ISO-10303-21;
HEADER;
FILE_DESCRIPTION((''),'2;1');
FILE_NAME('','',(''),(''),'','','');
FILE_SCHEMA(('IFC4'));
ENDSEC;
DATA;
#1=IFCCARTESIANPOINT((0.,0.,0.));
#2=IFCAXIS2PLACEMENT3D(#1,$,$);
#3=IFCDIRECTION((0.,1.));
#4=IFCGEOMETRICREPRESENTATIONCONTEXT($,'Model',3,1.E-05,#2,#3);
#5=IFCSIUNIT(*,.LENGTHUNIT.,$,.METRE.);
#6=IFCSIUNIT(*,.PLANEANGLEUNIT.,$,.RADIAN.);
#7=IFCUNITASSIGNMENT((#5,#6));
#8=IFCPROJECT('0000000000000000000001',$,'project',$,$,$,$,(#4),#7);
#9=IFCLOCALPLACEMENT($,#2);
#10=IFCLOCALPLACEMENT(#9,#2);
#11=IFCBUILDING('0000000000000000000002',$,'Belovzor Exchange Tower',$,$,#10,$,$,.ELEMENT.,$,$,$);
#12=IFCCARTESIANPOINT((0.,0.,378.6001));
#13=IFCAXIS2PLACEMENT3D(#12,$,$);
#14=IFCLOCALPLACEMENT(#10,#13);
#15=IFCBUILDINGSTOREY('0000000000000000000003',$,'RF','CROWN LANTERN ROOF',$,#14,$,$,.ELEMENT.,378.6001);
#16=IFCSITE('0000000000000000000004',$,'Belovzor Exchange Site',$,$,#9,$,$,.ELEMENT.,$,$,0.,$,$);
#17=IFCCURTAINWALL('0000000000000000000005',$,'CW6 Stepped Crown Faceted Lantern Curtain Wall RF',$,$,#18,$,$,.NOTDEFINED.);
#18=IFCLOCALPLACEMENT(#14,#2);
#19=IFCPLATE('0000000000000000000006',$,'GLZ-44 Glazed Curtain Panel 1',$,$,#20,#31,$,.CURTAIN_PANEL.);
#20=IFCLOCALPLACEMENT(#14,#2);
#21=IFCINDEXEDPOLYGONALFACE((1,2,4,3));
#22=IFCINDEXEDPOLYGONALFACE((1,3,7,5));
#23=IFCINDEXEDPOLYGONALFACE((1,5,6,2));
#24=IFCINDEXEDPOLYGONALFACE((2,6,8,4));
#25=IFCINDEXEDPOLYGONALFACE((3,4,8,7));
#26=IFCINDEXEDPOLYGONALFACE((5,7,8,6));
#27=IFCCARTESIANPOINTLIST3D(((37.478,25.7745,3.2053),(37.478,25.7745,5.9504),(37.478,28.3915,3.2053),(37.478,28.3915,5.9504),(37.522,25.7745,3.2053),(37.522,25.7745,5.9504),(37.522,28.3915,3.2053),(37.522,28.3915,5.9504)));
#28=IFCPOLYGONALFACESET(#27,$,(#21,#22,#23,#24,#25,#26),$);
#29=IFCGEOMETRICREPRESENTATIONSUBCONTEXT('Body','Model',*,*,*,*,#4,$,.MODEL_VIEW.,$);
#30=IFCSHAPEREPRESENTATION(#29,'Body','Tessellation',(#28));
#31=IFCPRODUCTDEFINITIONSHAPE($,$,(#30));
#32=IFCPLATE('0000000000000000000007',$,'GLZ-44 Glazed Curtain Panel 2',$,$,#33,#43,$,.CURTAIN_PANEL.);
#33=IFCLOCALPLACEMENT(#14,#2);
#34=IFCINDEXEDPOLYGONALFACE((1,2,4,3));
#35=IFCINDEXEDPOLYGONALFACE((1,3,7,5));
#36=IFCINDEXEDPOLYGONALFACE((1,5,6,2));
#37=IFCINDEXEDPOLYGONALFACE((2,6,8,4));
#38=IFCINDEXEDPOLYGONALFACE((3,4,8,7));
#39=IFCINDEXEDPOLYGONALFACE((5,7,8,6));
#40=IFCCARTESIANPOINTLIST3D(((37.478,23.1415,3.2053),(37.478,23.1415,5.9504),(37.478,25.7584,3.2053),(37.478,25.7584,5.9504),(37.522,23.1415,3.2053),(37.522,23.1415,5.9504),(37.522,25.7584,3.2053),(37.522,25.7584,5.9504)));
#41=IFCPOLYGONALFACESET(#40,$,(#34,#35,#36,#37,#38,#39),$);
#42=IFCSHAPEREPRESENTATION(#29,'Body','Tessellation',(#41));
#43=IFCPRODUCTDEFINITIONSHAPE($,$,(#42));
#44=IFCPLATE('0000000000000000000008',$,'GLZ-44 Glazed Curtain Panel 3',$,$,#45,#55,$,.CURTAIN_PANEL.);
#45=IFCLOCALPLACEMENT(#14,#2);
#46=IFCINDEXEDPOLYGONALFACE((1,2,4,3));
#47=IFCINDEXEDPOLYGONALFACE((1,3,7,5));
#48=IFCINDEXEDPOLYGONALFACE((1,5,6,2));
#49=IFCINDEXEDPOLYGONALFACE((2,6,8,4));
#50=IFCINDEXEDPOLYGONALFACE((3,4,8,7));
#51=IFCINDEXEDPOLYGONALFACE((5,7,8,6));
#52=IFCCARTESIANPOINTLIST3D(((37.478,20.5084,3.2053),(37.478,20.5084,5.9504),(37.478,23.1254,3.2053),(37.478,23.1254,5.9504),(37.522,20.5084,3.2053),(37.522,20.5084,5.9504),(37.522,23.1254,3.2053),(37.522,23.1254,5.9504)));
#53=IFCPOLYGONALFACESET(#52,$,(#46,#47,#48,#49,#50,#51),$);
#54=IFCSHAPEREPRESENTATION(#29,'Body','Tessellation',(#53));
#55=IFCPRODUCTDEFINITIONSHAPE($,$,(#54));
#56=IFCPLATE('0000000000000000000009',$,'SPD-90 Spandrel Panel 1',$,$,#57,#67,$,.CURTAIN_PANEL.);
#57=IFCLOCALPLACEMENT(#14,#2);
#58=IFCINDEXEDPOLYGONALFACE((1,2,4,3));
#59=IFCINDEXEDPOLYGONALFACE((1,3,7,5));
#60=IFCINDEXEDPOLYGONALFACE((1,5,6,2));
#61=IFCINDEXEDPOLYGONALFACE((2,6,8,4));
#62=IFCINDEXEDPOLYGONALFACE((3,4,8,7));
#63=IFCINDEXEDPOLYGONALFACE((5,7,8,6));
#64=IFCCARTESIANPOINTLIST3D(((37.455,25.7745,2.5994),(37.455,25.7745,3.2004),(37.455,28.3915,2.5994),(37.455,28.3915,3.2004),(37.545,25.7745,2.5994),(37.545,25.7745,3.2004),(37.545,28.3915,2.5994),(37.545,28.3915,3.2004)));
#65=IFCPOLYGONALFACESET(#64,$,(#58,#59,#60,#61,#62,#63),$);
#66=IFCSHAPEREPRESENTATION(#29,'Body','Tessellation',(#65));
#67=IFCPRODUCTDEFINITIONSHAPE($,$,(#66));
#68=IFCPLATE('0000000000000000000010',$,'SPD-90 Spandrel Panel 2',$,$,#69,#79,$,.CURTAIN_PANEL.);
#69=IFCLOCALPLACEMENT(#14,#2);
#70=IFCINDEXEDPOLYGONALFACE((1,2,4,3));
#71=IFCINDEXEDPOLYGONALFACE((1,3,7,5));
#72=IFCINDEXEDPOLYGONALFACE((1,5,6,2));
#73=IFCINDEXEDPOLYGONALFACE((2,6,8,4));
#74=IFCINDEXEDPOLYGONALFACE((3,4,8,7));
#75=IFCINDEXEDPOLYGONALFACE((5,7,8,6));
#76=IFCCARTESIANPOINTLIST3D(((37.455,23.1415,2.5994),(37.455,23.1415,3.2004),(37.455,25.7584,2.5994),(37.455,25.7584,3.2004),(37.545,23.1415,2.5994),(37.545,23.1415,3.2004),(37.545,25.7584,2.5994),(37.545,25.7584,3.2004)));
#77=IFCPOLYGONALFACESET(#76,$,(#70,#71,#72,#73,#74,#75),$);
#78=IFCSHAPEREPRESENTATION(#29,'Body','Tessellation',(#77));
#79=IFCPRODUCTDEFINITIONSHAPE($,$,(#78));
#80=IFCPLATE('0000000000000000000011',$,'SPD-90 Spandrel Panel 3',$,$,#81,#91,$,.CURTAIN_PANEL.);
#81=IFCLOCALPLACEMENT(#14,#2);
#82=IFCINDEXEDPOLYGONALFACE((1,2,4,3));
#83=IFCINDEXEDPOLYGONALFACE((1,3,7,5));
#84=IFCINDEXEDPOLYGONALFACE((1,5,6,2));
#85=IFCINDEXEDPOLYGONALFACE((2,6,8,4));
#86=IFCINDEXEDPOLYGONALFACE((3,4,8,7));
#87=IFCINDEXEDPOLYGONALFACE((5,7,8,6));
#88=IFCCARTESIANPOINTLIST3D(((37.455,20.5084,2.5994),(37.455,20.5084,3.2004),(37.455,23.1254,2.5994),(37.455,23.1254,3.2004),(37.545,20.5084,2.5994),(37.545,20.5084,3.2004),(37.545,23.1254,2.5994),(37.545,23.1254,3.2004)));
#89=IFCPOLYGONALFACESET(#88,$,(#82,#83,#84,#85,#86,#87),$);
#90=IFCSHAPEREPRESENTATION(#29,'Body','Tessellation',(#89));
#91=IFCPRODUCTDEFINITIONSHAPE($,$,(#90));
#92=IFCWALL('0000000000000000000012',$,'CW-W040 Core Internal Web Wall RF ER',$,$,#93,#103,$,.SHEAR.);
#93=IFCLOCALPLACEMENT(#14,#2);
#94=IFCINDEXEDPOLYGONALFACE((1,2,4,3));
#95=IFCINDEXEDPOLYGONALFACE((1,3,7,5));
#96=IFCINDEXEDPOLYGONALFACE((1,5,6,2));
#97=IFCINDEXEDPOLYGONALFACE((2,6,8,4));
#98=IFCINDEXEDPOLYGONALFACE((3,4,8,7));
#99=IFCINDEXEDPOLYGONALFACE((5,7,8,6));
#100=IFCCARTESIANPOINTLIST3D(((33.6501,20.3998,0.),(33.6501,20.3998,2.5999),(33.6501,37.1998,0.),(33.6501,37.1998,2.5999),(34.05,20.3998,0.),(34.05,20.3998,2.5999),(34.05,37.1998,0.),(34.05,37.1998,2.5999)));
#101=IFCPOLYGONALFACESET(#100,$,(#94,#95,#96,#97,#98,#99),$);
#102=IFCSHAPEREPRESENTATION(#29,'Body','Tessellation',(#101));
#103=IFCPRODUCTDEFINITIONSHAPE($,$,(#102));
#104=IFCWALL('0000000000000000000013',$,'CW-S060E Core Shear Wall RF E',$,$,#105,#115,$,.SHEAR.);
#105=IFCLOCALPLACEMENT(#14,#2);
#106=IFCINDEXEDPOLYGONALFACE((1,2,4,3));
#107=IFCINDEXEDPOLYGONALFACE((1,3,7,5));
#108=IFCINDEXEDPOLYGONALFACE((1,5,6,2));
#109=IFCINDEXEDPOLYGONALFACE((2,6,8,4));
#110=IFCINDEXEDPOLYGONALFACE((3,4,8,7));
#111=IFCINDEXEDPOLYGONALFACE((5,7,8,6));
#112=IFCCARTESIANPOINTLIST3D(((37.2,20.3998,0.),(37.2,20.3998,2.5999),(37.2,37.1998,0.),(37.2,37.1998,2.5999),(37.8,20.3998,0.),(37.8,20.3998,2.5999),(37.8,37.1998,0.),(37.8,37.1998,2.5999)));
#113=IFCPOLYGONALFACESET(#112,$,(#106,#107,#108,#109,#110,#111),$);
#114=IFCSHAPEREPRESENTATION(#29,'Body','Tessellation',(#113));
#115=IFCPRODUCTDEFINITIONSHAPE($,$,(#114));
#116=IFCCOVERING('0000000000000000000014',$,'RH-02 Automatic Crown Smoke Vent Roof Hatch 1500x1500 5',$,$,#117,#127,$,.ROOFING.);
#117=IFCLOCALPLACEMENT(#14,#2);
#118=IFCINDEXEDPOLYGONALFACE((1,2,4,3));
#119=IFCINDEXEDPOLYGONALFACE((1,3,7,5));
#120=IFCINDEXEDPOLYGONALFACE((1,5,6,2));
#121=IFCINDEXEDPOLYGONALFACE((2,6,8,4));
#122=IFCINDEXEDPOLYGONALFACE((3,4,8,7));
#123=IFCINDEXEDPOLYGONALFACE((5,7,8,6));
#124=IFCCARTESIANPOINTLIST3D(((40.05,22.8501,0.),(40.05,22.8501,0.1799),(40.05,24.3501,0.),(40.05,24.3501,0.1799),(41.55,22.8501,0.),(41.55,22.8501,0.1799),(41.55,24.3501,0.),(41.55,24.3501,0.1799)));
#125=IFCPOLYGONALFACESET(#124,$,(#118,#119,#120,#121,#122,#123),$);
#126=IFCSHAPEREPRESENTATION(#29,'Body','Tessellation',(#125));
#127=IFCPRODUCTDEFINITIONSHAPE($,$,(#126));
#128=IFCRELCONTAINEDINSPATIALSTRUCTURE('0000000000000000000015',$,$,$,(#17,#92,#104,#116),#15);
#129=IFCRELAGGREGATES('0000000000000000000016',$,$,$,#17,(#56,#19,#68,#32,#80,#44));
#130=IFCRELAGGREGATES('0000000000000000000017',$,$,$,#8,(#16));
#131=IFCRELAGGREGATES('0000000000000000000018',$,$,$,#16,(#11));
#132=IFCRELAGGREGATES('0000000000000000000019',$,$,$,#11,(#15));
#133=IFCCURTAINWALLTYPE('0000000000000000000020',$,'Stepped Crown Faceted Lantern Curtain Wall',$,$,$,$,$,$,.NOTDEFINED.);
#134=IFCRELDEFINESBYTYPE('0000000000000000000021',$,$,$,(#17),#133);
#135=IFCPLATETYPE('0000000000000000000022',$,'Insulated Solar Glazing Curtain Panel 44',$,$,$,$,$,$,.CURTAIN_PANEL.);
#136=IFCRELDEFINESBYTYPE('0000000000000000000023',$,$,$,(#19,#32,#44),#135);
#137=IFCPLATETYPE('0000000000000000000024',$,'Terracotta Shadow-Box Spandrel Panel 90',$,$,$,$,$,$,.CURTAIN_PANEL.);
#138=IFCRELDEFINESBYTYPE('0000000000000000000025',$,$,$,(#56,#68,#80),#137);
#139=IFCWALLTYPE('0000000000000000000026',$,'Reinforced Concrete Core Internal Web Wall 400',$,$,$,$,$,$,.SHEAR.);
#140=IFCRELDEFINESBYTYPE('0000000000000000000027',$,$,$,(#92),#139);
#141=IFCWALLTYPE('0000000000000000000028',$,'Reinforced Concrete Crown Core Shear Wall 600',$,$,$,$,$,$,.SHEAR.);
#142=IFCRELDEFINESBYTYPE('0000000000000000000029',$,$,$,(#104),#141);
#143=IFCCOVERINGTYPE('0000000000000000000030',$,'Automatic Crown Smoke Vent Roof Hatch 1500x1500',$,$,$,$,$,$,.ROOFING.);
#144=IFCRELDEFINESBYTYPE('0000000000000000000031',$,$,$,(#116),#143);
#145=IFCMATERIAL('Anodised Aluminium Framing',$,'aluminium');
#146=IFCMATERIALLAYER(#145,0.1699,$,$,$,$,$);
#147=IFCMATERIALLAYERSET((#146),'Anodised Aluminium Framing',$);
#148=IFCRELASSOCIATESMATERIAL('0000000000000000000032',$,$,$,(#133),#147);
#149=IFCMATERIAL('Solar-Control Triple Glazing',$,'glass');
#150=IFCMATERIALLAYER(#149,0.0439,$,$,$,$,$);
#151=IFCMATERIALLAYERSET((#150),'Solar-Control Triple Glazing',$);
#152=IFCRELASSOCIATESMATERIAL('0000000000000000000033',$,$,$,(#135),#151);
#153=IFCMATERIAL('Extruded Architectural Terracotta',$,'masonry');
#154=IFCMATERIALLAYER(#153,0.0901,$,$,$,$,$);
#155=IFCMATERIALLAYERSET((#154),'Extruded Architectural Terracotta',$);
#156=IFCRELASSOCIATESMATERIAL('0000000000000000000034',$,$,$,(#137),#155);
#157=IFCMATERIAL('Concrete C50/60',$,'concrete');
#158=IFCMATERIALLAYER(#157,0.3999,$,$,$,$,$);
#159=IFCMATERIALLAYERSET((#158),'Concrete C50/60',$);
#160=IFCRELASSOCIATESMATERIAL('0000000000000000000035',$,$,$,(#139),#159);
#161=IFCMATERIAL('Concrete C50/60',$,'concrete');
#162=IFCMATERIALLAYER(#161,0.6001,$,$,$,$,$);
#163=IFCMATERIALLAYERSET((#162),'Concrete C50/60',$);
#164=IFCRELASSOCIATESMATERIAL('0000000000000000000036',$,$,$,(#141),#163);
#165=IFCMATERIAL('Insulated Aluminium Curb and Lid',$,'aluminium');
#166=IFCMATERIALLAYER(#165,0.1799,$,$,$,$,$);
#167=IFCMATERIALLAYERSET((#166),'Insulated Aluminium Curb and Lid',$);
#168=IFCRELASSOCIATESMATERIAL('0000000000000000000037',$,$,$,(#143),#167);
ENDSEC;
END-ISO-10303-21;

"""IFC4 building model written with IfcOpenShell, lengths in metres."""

from ifc_helpers import new_model, si_unit, direction, frame, frame_2d, origin, origin_2d, place, context, subcontext, project, spatial, rectangle, extrude, material, layer, layer_set, type_object, element, aggregate, save


model = new_model("IFC4")

# Units and contexts
model_context = context("Model", 3, precision=1e-05, world=origin(), true_north=direction((0.0, 1.0)))
body_context = subcontext(model_context, "Body", "Model", "MODEL_VIEW")
ifc_project = project(units=[si_unit("LENGTHUNIT", "METRE"), si_unit("PLANEANGLEUNIT", "RADIAN")], contexts=[model_context])

# Site, building, storey
site_placement = place(None, origin())
site = spatial("IfcSite", under=ifc_project, at=site_placement, Name="Belovzor Exchange Site", CompositionType="ELEMENT", RefElevation=0.0)
building_placement = place(site_placement, origin())
building = spatial("IfcBuilding", under=site, at=building_placement, Name="Belovzor Exchange Tower", CompositionType="ELEMENT")
storey_placement = place(building_placement, frame((0.0, 0.0, 378.6001)))
storey = spatial("IfcBuildingStorey", under=building, at=storey_placement, Name="RF", Description="CROWN LANTERN ROOF", CompositionType="ELEMENT", Elevation=378.6001)

# Shared definitions
ifc_material_1 = material(Name="Anodised Aluminium Framing", Category="aluminium")
ifc_layer_1 = layer(ifc_material_1, 0.1699)
ifc_layer_set_1 = layer_set([ifc_layer_1], Name="Anodised Aluminium Framing")
curtain_wall_type = type_object("IfcCurtainWallType", Name="Stepped Crown Faceted Lantern Curtain Wall", PredefinedType="NOTDEFINED", material=ifc_layer_set_1)

# Curtain wall
curtain_wall_1_placement = place(storey_placement, origin())
curtain_wall_1 = element("IfcCurtainWall", 1, at=curtain_wall_1_placement, inside=storey, type_object=curtain_wall_type, Name="CW6 Stepped Crown Faceted Lantern Curtain Wall RF", PredefinedType="NOTDEFINED")

# Plates
ifc_material_2 = material(Name="Solar-Control Triple Glazing", Category="glass")
ifc_layer_2 = layer(ifc_material_2, 0.0439)
ifc_layer_set_2 = layer_set([ifc_layer_2], Name="Solar-Control Triple Glazing")
plate_type_1 = type_object("IfcPlateType", Name="Insulated Solar Glazing Curtain Panel 44", PredefinedType="CURTAIN_PANEL", material=ifc_layer_set_2)
plate_1_placement = place(storey_placement, frame((37.5, 27.083, 3.2053), z_axis=(0.0, 0.0, 1.0), x_axis=(0.0, -1.0, 0.0)))
plate_1 = element("IfcPlate", 2, at=plate_1_placement, type_object=plate_type_1, Name="GLZ-44 Glazed Curtain Panel 1", PredefinedType="CURTAIN_PANEL", context=body_context, shape_type="SweptSolid", body=[
    extrude(rectangle(XDim=2.6169, YDim=0.0439, at=origin_2d()), origin(), (0.0, 0.0, 1.0), 2.7451),
])
plate_2_placement = place(storey_placement, frame((37.5, 24.45, 3.2053), z_axis=(0.0, 0.0, 1.0), x_axis=(0.0, -1.0, 0.0)))
plate_2 = element("IfcPlate", 3, at=plate_2_placement, type_object=plate_type_1, Name="GLZ-44 Glazed Curtain Panel 2", PredefinedType="CURTAIN_PANEL", context=body_context, shape_type="SweptSolid", body=[
    extrude(rectangle(XDim=2.6169, YDim=0.0439, at=origin_2d()), origin(), (0.0, 0.0, 1.0), 2.7451),
])
plate_3_placement = place(storey_placement, frame((37.5, 21.8169, 3.2053), z_axis=(0.0, 0.0, 1.0), x_axis=(0.0, -1.0, 0.0)))
plate_3 = element("IfcPlate", 4, at=plate_3_placement, type_object=plate_type_1, Name="GLZ-44 Glazed Curtain Panel 3", PredefinedType="CURTAIN_PANEL", context=body_context, shape_type="SweptSolid", body=[
    extrude(rectangle(XDim=2.6169, YDim=0.0439, at=origin_2d()), origin(), (0.0, 0.0, 1.0), 2.7451),
])
ifc_material_3 = material(Name="Extruded Architectural Terracotta", Category="masonry")
ifc_layer_3 = layer(ifc_material_3, 0.0901)
ifc_layer_set_3 = layer_set([ifc_layer_3], Name="Extruded Architectural Terracotta")
plate_type_2 = type_object("IfcPlateType", Name="Terracotta Shadow-Box Spandrel Panel 90", PredefinedType="CURTAIN_PANEL", material=ifc_layer_set_3)
plate_4_placement = place(storey_placement, frame((37.5, 27.083, 2.5994), z_axis=(0.0, 0.0, 1.0), x_axis=(0.0, -1.0, 0.0)))
plate_4 = element("IfcPlate", 5, at=plate_4_placement, type_object=plate_type_2, Name="SPD-90 Spandrel Panel 1", PredefinedType="CURTAIN_PANEL", context=body_context, shape_type="SweptSolid", body=[
    extrude(rectangle(XDim=2.6169, YDim=0.0901, at=origin_2d()), origin(), (0.0, 0.0, 1.0), 0.6011),
])
plate_5_placement = place(storey_placement, frame((37.5, 24.45, 2.5994), z_axis=(0.0, 0.0, 1.0), x_axis=(0.0, -1.0, 0.0)))
plate_5 = element("IfcPlate", 6, at=plate_5_placement, type_object=plate_type_2, Name="SPD-90 Spandrel Panel 2", PredefinedType="CURTAIN_PANEL", context=body_context, shape_type="SweptSolid", body=[
    extrude(rectangle(XDim=2.6169, YDim=0.0901, at=origin_2d()), origin(), (0.0, 0.0, 1.0), 0.6011),
])
plate_6_placement = place(storey_placement, frame((37.5, 21.8169, 2.5994), z_axis=(0.0, 0.0, 1.0), x_axis=(0.0, -1.0, 0.0)))
plate_6 = element("IfcPlate", 7, at=plate_6_placement, type_object=plate_type_2, Name="SPD-90 Spandrel Panel 3", PredefinedType="CURTAIN_PANEL", context=body_context, shape_type="SweptSolid", body=[
    extrude(rectangle(XDim=2.6169, YDim=0.0901, at=origin_2d()), origin(), (0.0, 0.0, 1.0), 0.6011),
])
aggregate(curtain_wall_1, [plate_4, plate_1, plate_5, plate_2, plate_6, plate_3])

# Walls
ifc_material_4 = material(Name="Concrete C50/60", Category="concrete")
ifc_layer_4 = layer(ifc_material_4, 0.3999)
ifc_layer_set_4 = layer_set([ifc_layer_4], Name="Concrete C50/60")
wall_type_1 = type_object("IfcWallType", Name="Reinforced Concrete Core Internal Web Wall 400", PredefinedType="SHEAR", material=ifc_layer_set_4)
wall_1_placement = place(storey_placement, frame((33.8501, 20.3999, 0.0), z_axis=(0.0, 0.0, 1.0), x_axis=(0.0, 1.0, 0.0)))
element("IfcWall", 8, at=wall_1_placement, inside=storey, type_object=wall_type_1, Name="CW-W040 Core Internal Web Wall RF ER", PredefinedType="SHEAR", context=body_context, shape_type="SweptSolid", body=[
    extrude(rectangle(XDim=16.8, YDim=0.3999, at=frame_2d((8.3999, 0.0))), origin(), (0.0, 0.0, 1.0), 2.5999),
])
ifc_material_5 = material(Name="Concrete C50/60", Category="concrete")
ifc_layer_5 = layer(ifc_material_5, 0.6001)
ifc_layer_set_5 = layer_set([ifc_layer_5], Name="Concrete C50/60")
wall_type_2 = type_object("IfcWallType", Name="Reinforced Concrete Crown Core Shear Wall 600", PredefinedType="SHEAR", material=ifc_layer_set_5)
wall_2_placement = place(storey_placement, frame((37.5, 20.3999, 0.0), z_axis=(0.0, 0.0, 1.0), x_axis=(0.0, 1.0, 0.0)))
element("IfcWall", 9, at=wall_2_placement, inside=storey, type_object=wall_type_2, Name="CW-S060E Core Shear Wall RF E", PredefinedType="SHEAR", context=body_context, shape_type="SweptSolid", body=[
    extrude(rectangle(XDim=16.8, YDim=0.6001, at=frame_2d((8.3999, 0.0))), origin(), (0.0, 0.0, 1.0), 2.5999),
])

# Covering
ifc_material_6 = material(Name="Insulated Aluminium Curb and Lid", Category="aluminium")
ifc_layer_6 = layer(ifc_material_6, 0.1799)
ifc_layer_set_6 = layer_set([ifc_layer_6], Name="Insulated Aluminium Curb and Lid")
covering_type = type_object("IfcCoveringType", Name="Automatic Crown Smoke Vent Roof Hatch 1500x1500", PredefinedType="ROOFING", material=ifc_layer_set_6)
covering_placement = place(storey_placement, frame((40.8, 23.6001, 0.0), z_axis=(0.0, 0.0, 1.0), x_axis=(1.0, 0.0, 0.0)))
element("IfcCovering", 10, at=covering_placement, inside=storey, type_object=covering_type, Name="RH-02 Automatic Crown Smoke Vent Roof Hatch 1500x1500 5", PredefinedType="ROOFING", context=body_context, shape_type="SweptSolid", body=[
    extrude(rectangle(XDim=1.5, YDim=1.5, at=origin_2d()), origin(), (0.0, 0.0, 1.0), 0.1799),
])

save(model, "model.ifc")
